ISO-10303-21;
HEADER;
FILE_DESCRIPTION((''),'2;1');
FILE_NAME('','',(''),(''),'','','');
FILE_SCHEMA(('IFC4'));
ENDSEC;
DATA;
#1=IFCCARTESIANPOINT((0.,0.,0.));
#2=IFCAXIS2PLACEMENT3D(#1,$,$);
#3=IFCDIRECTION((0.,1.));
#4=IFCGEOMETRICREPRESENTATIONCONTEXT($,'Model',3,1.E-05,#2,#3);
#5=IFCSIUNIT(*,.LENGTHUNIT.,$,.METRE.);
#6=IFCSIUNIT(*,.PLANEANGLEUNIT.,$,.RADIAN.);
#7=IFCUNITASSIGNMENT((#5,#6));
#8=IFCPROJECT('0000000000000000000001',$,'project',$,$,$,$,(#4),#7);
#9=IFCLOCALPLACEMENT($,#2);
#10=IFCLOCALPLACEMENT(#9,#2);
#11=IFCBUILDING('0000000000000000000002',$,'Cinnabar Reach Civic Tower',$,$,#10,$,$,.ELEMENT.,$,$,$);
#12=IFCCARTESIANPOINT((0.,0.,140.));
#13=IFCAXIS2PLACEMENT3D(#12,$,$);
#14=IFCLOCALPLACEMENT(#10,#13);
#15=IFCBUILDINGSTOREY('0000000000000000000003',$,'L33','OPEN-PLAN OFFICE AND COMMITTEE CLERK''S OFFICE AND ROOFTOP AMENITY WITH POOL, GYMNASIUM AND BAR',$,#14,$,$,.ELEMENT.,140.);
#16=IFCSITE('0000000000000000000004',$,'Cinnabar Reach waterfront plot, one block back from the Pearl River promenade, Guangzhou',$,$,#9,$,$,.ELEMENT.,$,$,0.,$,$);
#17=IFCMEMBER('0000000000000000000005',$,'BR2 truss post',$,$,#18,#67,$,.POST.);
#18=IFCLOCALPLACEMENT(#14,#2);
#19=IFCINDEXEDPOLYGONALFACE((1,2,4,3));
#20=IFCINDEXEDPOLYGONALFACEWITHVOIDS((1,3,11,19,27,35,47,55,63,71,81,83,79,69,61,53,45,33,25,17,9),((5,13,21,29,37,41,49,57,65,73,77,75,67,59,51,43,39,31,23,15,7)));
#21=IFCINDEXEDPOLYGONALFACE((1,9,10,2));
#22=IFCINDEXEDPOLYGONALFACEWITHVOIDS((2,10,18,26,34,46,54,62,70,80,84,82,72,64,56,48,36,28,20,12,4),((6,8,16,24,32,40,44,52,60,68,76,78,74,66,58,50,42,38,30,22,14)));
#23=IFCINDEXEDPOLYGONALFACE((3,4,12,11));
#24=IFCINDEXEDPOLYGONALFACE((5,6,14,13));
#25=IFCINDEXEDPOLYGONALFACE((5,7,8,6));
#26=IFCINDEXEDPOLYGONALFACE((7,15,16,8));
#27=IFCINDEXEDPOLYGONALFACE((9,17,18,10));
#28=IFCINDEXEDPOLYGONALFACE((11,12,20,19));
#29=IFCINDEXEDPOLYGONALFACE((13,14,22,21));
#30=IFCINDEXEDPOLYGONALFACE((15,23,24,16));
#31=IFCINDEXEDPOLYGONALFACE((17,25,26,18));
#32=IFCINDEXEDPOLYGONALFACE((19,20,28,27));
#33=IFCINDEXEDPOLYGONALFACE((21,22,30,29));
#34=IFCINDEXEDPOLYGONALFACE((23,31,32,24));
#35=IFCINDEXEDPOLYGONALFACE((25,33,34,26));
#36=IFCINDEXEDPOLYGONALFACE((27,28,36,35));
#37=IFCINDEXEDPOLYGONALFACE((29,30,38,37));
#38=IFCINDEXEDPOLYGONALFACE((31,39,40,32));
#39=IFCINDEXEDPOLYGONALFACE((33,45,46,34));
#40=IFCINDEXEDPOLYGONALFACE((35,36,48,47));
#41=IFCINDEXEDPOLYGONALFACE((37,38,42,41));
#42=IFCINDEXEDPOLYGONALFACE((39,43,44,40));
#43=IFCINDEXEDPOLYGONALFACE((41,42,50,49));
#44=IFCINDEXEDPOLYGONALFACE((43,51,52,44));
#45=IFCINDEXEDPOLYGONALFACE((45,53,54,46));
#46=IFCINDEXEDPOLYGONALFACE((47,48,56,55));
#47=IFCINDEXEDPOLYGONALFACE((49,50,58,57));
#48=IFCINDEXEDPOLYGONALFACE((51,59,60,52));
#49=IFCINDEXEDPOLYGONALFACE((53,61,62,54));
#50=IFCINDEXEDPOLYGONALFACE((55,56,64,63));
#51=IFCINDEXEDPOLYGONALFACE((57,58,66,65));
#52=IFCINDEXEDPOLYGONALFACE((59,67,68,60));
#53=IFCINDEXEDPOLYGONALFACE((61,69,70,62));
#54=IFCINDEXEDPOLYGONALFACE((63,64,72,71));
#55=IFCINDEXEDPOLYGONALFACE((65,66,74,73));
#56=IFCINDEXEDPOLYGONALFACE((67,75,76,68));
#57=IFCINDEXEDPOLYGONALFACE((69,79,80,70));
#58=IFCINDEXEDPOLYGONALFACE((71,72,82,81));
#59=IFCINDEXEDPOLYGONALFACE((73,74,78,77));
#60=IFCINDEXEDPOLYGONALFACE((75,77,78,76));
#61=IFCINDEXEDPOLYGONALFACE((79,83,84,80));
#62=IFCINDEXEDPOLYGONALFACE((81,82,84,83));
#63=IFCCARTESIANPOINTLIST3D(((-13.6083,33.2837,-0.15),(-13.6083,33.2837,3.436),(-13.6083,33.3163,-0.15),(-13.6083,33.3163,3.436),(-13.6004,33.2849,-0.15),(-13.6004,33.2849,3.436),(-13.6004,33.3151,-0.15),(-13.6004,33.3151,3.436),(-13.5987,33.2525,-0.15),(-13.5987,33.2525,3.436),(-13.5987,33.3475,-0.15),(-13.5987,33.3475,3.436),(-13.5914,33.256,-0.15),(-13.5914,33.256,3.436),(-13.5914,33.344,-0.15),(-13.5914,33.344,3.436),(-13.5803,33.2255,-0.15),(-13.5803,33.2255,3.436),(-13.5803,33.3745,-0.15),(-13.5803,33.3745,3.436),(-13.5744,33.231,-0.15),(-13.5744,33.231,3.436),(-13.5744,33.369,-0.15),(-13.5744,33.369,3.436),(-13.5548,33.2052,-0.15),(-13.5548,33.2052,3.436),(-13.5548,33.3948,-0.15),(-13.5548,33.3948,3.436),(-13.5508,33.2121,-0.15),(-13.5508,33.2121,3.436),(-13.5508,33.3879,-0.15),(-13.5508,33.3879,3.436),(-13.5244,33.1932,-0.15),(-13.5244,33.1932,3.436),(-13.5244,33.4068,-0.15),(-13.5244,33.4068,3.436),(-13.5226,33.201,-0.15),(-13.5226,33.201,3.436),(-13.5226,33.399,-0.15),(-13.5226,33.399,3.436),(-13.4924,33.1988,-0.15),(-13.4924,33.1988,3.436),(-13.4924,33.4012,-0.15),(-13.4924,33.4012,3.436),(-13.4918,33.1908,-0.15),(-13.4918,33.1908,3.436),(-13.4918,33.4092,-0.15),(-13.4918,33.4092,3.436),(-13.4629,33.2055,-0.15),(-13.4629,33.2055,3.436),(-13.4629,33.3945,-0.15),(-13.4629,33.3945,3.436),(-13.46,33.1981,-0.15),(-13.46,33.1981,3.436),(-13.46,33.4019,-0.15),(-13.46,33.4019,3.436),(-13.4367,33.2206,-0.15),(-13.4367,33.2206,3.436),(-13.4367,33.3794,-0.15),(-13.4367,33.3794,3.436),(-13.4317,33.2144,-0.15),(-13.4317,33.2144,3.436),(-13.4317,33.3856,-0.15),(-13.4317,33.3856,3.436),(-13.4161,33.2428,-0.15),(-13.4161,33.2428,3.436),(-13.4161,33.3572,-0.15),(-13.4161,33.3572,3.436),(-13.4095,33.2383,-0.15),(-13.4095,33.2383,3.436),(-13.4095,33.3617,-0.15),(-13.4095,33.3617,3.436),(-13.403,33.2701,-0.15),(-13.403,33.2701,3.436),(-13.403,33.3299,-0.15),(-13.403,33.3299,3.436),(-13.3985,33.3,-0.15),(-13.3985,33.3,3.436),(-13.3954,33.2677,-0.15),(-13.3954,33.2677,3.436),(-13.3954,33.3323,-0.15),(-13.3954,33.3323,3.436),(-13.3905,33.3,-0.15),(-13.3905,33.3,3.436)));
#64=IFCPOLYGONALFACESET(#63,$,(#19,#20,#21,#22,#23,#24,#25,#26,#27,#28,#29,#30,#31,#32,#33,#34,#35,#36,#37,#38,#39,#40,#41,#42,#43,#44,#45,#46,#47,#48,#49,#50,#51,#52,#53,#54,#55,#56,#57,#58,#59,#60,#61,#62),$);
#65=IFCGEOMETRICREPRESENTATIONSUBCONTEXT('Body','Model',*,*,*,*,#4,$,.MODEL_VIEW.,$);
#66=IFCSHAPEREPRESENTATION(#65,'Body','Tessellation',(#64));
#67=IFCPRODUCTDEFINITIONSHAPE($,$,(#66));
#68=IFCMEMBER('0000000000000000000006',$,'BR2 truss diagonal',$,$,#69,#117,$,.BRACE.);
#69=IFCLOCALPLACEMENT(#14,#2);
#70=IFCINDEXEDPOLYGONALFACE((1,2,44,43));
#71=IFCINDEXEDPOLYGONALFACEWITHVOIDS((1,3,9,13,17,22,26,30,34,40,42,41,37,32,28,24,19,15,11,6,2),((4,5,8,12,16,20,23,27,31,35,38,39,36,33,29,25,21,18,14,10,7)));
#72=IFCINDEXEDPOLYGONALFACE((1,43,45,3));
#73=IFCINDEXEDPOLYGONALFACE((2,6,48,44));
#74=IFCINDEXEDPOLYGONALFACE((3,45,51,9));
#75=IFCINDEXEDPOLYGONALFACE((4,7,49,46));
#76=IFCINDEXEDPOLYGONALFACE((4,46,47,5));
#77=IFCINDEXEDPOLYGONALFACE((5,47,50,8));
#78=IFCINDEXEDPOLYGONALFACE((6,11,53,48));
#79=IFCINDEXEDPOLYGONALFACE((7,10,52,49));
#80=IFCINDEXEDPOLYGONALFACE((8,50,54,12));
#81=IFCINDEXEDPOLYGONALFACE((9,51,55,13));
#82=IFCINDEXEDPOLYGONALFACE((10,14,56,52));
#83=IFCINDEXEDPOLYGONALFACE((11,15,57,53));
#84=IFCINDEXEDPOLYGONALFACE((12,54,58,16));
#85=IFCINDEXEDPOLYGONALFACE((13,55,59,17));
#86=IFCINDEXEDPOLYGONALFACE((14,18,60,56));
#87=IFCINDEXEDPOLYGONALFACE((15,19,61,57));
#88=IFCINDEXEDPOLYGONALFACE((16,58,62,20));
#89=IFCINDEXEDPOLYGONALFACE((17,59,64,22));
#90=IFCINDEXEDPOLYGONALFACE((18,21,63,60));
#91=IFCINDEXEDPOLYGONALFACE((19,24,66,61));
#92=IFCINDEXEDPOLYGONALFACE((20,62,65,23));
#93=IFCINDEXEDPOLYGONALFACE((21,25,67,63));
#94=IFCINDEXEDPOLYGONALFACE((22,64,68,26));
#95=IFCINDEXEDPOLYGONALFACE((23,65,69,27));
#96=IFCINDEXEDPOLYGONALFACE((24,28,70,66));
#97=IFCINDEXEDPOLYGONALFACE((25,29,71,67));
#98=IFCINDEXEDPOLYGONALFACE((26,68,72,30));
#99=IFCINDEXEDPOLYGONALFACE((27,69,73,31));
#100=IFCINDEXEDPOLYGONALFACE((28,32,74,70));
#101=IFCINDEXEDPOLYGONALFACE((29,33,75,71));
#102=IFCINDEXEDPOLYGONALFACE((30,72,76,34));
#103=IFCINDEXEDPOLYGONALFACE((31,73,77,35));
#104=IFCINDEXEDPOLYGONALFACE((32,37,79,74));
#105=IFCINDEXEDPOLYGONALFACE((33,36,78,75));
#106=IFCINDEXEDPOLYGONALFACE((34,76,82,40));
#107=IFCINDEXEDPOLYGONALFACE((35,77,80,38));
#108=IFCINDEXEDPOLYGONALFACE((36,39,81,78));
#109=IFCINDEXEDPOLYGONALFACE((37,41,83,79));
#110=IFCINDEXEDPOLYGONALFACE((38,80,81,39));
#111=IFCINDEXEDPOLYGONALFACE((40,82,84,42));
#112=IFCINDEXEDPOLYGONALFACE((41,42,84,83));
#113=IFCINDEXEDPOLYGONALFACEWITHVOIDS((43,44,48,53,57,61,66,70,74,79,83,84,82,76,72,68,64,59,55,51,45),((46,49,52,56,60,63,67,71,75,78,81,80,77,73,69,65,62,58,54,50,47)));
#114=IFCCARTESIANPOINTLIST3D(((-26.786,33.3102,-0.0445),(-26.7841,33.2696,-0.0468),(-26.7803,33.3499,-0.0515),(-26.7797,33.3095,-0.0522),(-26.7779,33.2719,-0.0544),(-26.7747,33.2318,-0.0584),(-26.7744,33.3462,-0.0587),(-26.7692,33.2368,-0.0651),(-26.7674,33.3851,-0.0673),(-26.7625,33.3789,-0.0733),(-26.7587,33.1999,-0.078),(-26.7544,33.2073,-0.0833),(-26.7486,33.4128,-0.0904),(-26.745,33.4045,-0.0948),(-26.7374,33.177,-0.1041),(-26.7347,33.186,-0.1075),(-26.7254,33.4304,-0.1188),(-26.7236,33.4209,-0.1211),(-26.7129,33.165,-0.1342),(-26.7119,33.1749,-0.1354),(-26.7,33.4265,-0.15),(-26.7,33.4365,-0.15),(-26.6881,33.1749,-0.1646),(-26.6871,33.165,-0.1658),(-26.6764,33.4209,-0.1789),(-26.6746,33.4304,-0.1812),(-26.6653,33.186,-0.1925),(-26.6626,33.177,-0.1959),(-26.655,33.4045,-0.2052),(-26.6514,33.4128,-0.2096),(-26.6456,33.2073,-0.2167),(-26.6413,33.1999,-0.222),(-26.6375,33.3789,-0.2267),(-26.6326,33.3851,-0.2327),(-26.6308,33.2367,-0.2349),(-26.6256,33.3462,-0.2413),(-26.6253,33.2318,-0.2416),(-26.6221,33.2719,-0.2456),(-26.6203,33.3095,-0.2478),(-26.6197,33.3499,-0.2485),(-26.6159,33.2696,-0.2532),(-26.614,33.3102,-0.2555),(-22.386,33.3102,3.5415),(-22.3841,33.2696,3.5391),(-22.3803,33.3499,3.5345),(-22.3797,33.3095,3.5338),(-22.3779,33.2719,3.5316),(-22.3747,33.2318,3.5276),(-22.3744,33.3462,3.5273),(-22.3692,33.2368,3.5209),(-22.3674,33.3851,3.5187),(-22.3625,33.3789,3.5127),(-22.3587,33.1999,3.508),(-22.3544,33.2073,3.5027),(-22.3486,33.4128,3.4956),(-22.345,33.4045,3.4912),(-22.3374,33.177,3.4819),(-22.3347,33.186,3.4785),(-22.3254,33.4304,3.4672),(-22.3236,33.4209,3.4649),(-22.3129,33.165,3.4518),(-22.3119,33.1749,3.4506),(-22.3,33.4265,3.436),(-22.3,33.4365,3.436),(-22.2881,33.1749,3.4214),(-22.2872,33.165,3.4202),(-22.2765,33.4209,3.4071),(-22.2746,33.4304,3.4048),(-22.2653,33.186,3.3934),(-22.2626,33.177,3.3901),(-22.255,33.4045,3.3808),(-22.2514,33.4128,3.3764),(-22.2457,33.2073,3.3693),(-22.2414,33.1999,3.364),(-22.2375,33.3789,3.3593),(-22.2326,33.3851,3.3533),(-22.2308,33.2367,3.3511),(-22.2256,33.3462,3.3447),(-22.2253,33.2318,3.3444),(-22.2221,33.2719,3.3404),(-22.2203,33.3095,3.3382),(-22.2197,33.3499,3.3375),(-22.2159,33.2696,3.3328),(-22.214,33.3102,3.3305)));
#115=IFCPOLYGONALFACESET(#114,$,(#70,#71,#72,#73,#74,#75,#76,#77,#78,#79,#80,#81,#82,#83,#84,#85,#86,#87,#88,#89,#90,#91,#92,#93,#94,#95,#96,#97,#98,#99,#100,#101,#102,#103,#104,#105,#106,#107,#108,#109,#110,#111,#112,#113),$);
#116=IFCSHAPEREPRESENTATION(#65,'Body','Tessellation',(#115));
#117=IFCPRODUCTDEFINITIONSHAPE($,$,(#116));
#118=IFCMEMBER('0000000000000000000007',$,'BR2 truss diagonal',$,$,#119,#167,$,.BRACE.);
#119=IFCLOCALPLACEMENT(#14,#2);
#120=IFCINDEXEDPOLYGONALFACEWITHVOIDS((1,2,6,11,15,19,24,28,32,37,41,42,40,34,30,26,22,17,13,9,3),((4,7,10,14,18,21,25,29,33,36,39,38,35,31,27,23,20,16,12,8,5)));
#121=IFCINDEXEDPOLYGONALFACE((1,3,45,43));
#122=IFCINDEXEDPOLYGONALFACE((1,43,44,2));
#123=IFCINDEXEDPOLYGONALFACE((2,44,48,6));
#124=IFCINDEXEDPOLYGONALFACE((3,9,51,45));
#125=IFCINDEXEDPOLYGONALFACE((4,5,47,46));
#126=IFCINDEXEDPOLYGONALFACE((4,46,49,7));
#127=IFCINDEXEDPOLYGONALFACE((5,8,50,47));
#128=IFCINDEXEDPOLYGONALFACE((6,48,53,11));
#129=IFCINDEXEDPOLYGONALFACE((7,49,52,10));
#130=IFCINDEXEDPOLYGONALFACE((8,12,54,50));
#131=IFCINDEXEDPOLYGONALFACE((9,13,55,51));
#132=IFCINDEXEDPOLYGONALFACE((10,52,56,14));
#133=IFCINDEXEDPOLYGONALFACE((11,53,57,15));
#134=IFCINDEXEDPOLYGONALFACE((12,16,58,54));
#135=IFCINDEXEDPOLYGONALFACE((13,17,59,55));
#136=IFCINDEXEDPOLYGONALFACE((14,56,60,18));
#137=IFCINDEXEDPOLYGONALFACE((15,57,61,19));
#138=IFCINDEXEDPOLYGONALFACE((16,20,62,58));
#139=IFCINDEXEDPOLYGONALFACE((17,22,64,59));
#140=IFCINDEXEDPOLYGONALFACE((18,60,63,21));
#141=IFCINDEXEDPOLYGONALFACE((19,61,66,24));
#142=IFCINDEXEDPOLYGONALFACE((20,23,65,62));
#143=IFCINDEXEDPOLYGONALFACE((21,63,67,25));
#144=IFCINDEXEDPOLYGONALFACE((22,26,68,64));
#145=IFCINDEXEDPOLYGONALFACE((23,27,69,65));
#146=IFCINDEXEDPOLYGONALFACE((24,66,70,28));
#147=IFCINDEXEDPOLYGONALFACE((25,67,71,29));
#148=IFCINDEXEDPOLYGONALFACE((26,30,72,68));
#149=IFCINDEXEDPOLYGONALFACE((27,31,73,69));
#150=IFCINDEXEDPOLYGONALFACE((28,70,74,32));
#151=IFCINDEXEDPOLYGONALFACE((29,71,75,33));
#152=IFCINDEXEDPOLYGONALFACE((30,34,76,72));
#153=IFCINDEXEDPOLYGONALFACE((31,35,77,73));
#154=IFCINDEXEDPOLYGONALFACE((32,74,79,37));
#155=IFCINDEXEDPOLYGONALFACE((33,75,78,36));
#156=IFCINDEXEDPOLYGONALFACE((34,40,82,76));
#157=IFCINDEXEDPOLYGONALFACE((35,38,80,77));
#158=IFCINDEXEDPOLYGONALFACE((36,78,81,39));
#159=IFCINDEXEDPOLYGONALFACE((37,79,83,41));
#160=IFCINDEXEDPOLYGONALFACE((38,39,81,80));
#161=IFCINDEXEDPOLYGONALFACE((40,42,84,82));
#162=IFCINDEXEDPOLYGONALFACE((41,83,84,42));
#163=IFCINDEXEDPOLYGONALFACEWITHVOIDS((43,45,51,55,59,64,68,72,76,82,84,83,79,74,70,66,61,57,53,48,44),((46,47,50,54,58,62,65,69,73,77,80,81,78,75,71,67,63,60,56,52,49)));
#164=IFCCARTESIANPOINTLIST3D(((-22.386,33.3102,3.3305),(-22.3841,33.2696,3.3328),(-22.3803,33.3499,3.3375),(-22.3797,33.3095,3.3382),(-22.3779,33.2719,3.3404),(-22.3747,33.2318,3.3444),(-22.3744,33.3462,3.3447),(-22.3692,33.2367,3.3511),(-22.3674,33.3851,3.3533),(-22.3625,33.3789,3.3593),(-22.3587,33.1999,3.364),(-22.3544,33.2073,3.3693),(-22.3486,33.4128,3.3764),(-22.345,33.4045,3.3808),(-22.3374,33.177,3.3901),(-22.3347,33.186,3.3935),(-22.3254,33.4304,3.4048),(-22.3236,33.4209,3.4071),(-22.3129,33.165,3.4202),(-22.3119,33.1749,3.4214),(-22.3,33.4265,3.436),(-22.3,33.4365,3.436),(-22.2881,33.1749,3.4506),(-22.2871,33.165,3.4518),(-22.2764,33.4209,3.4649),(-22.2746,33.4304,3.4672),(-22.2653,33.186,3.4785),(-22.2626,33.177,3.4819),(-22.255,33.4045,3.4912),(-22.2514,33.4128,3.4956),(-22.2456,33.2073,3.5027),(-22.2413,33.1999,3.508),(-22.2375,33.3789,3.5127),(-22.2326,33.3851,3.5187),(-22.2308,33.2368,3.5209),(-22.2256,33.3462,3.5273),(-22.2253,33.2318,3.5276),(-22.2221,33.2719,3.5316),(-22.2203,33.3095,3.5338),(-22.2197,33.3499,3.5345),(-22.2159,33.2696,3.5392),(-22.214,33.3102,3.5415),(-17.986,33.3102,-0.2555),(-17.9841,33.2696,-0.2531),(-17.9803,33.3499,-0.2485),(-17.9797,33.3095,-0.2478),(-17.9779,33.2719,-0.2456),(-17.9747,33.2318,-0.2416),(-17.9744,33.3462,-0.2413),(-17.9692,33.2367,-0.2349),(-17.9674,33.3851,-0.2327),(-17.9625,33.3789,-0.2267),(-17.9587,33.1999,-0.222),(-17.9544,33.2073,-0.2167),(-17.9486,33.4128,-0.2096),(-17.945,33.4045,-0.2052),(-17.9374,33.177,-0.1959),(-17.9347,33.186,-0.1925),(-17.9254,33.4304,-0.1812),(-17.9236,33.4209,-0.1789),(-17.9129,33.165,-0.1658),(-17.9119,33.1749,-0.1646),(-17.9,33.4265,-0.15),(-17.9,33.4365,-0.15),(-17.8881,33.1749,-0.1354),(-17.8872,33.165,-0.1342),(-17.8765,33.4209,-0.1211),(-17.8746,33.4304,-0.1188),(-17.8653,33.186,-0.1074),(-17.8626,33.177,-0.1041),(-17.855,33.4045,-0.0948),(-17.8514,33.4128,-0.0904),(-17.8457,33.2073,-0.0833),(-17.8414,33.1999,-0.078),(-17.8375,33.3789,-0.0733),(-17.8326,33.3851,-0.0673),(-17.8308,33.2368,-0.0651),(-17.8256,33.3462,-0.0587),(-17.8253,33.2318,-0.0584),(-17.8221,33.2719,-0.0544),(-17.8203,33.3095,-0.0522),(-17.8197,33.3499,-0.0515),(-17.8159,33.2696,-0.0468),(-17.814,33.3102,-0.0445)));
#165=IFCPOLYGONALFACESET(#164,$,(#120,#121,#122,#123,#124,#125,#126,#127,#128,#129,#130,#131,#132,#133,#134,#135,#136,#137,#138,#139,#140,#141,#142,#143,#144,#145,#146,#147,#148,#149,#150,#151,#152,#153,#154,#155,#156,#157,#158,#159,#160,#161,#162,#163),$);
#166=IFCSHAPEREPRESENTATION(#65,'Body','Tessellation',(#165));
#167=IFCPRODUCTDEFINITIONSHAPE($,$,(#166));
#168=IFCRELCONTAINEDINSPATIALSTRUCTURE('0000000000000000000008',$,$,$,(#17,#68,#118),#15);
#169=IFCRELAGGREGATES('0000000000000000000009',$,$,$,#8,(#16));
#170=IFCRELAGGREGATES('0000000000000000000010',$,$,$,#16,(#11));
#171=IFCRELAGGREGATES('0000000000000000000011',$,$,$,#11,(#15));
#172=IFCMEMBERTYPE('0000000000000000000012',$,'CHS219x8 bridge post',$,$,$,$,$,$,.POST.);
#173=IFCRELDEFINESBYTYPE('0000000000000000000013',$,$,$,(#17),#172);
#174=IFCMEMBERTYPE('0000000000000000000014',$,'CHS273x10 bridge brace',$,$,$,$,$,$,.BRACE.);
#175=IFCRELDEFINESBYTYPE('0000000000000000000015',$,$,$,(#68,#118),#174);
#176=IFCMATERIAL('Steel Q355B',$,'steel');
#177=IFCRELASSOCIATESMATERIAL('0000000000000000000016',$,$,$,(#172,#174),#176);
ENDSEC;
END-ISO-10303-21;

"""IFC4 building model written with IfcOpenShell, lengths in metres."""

from ifc_helpers import new_model, si_unit, direction, frame, origin, origin_2d, place, context, subcontext, project, spatial, hollow_circle, extrude, material, material_profile, profile_set, type_object, element, save


model = new_model("IFC4")

# Units and contexts
model_context = context("Model", 3, precision=1e-05, world=origin(), true_north=direction((0.0, 1.0)))
body_context = subcontext(model_context, "Body", "Model", "MODEL_VIEW")
ifc_project = project(units=[si_unit("LENGTHUNIT", "METRE"), si_unit("PLANEANGLEUNIT", "RADIAN")], contexts=[model_context])

# Site, building, storey
site_placement = place(None, origin())
site = spatial("IfcSite", under=ifc_project, at=site_placement, Name="Cinnabar Reach waterfront plot, one block back from the Pearl River promenade, Guangzhou", CompositionType="ELEMENT", RefElevation=0.0)
building_placement = place(site_placement, origin())
building = spatial("IfcBuilding", under=site, at=building_placement, Name="Cinnabar Reach Civic Tower", CompositionType="ELEMENT")
storey_placement = place(building_placement, frame((0.0, 0.0, 140.0)))
storey = spatial("IfcBuildingStorey", under=building, at=storey_placement, Name="L33", Description="OPEN-PLAN OFFICE AND COMMITTEE CLERK'S OFFICE AND ROOFTOP AMENITY WITH POOL, GYMNASIUM AND BAR", CompositionType="ELEMENT", Elevation=140.0)

# Members
ifc_material_1 = material(Name="Steel Q355B", Category="steel")
ifc_material_profile_1 = material_profile(ifc_material_1, hollow_circle(Radius=0.1095, WallThickness=0.008, at=origin_2d()), Name="CHS219x8")
ifc_profile_set_1 = profile_set([ifc_material_profile_1], Name="Steel Q355B")
member_type_1 = type_object("IfcMemberType", Name="CHS219x8 bridge post", PredefinedType="POST", material=ifc_profile_set_1)
for number, where, z_axis, x_axis, name in (
    (1, (-13.5, 33.3, -0.15), (0.0, 0.0, 1.0), (1.0, 0.0, 0.0), "BR2 truss post"),
):
    element("IfcMember", number, at=place(storey_placement, frame(where, z_axis=z_axis, x_axis=x_axis)), inside=storey, type_object=member_type_1, Name=name, PredefinedType="POST", context=body_context, shape_type="SweptSolid", body=[
        extrude(hollow_circle(Radius=0.1095, WallThickness=0.008, at=origin_2d()), origin(), (0.0, 0.0, 1.0), 3.586),
    ])
ifc_material_profile_2 = material_profile(ifc_material_1, hollow_circle(Radius=0.1365, WallThickness=0.01, at=origin_2d()), Name="CHS273x10")
ifc_profile_set_2 = profile_set([ifc_material_profile_2], Name="Steel Q355B")
member_type_2 = type_object("IfcMemberType", Name="CHS273x10 bridge brace", PredefinedType="BRACE", material=ifc_profile_set_2)
for number, where, z_axis, x_axis, name in (
    (2, (-26.7, 33.3, -0.15), (0.775165, 0.0, 0.631759), (0.0, 1.0, 0.0), "BR2 truss diagonal"),
    (3, (-22.3, 33.3, 3.436), (0.775165, 0.0, -0.631759), (0.0, 1.0, 0.0), "BR2 truss diagonal"),
):
    element("IfcMember", number, at=place(storey_placement, frame(where, z_axis=z_axis, x_axis=x_axis)), inside=storey, type_object=member_type_2, Name=name, PredefinedType="BRACE", context=body_context, shape_type="SweptSolid", body=[
        extrude(hollow_circle(Radius=0.1365, WallThickness=0.01, at=origin_2d()), origin(), (0.0, 0.0, 1.0), 5.6762),
    ])

save(model, "model.ifc")
